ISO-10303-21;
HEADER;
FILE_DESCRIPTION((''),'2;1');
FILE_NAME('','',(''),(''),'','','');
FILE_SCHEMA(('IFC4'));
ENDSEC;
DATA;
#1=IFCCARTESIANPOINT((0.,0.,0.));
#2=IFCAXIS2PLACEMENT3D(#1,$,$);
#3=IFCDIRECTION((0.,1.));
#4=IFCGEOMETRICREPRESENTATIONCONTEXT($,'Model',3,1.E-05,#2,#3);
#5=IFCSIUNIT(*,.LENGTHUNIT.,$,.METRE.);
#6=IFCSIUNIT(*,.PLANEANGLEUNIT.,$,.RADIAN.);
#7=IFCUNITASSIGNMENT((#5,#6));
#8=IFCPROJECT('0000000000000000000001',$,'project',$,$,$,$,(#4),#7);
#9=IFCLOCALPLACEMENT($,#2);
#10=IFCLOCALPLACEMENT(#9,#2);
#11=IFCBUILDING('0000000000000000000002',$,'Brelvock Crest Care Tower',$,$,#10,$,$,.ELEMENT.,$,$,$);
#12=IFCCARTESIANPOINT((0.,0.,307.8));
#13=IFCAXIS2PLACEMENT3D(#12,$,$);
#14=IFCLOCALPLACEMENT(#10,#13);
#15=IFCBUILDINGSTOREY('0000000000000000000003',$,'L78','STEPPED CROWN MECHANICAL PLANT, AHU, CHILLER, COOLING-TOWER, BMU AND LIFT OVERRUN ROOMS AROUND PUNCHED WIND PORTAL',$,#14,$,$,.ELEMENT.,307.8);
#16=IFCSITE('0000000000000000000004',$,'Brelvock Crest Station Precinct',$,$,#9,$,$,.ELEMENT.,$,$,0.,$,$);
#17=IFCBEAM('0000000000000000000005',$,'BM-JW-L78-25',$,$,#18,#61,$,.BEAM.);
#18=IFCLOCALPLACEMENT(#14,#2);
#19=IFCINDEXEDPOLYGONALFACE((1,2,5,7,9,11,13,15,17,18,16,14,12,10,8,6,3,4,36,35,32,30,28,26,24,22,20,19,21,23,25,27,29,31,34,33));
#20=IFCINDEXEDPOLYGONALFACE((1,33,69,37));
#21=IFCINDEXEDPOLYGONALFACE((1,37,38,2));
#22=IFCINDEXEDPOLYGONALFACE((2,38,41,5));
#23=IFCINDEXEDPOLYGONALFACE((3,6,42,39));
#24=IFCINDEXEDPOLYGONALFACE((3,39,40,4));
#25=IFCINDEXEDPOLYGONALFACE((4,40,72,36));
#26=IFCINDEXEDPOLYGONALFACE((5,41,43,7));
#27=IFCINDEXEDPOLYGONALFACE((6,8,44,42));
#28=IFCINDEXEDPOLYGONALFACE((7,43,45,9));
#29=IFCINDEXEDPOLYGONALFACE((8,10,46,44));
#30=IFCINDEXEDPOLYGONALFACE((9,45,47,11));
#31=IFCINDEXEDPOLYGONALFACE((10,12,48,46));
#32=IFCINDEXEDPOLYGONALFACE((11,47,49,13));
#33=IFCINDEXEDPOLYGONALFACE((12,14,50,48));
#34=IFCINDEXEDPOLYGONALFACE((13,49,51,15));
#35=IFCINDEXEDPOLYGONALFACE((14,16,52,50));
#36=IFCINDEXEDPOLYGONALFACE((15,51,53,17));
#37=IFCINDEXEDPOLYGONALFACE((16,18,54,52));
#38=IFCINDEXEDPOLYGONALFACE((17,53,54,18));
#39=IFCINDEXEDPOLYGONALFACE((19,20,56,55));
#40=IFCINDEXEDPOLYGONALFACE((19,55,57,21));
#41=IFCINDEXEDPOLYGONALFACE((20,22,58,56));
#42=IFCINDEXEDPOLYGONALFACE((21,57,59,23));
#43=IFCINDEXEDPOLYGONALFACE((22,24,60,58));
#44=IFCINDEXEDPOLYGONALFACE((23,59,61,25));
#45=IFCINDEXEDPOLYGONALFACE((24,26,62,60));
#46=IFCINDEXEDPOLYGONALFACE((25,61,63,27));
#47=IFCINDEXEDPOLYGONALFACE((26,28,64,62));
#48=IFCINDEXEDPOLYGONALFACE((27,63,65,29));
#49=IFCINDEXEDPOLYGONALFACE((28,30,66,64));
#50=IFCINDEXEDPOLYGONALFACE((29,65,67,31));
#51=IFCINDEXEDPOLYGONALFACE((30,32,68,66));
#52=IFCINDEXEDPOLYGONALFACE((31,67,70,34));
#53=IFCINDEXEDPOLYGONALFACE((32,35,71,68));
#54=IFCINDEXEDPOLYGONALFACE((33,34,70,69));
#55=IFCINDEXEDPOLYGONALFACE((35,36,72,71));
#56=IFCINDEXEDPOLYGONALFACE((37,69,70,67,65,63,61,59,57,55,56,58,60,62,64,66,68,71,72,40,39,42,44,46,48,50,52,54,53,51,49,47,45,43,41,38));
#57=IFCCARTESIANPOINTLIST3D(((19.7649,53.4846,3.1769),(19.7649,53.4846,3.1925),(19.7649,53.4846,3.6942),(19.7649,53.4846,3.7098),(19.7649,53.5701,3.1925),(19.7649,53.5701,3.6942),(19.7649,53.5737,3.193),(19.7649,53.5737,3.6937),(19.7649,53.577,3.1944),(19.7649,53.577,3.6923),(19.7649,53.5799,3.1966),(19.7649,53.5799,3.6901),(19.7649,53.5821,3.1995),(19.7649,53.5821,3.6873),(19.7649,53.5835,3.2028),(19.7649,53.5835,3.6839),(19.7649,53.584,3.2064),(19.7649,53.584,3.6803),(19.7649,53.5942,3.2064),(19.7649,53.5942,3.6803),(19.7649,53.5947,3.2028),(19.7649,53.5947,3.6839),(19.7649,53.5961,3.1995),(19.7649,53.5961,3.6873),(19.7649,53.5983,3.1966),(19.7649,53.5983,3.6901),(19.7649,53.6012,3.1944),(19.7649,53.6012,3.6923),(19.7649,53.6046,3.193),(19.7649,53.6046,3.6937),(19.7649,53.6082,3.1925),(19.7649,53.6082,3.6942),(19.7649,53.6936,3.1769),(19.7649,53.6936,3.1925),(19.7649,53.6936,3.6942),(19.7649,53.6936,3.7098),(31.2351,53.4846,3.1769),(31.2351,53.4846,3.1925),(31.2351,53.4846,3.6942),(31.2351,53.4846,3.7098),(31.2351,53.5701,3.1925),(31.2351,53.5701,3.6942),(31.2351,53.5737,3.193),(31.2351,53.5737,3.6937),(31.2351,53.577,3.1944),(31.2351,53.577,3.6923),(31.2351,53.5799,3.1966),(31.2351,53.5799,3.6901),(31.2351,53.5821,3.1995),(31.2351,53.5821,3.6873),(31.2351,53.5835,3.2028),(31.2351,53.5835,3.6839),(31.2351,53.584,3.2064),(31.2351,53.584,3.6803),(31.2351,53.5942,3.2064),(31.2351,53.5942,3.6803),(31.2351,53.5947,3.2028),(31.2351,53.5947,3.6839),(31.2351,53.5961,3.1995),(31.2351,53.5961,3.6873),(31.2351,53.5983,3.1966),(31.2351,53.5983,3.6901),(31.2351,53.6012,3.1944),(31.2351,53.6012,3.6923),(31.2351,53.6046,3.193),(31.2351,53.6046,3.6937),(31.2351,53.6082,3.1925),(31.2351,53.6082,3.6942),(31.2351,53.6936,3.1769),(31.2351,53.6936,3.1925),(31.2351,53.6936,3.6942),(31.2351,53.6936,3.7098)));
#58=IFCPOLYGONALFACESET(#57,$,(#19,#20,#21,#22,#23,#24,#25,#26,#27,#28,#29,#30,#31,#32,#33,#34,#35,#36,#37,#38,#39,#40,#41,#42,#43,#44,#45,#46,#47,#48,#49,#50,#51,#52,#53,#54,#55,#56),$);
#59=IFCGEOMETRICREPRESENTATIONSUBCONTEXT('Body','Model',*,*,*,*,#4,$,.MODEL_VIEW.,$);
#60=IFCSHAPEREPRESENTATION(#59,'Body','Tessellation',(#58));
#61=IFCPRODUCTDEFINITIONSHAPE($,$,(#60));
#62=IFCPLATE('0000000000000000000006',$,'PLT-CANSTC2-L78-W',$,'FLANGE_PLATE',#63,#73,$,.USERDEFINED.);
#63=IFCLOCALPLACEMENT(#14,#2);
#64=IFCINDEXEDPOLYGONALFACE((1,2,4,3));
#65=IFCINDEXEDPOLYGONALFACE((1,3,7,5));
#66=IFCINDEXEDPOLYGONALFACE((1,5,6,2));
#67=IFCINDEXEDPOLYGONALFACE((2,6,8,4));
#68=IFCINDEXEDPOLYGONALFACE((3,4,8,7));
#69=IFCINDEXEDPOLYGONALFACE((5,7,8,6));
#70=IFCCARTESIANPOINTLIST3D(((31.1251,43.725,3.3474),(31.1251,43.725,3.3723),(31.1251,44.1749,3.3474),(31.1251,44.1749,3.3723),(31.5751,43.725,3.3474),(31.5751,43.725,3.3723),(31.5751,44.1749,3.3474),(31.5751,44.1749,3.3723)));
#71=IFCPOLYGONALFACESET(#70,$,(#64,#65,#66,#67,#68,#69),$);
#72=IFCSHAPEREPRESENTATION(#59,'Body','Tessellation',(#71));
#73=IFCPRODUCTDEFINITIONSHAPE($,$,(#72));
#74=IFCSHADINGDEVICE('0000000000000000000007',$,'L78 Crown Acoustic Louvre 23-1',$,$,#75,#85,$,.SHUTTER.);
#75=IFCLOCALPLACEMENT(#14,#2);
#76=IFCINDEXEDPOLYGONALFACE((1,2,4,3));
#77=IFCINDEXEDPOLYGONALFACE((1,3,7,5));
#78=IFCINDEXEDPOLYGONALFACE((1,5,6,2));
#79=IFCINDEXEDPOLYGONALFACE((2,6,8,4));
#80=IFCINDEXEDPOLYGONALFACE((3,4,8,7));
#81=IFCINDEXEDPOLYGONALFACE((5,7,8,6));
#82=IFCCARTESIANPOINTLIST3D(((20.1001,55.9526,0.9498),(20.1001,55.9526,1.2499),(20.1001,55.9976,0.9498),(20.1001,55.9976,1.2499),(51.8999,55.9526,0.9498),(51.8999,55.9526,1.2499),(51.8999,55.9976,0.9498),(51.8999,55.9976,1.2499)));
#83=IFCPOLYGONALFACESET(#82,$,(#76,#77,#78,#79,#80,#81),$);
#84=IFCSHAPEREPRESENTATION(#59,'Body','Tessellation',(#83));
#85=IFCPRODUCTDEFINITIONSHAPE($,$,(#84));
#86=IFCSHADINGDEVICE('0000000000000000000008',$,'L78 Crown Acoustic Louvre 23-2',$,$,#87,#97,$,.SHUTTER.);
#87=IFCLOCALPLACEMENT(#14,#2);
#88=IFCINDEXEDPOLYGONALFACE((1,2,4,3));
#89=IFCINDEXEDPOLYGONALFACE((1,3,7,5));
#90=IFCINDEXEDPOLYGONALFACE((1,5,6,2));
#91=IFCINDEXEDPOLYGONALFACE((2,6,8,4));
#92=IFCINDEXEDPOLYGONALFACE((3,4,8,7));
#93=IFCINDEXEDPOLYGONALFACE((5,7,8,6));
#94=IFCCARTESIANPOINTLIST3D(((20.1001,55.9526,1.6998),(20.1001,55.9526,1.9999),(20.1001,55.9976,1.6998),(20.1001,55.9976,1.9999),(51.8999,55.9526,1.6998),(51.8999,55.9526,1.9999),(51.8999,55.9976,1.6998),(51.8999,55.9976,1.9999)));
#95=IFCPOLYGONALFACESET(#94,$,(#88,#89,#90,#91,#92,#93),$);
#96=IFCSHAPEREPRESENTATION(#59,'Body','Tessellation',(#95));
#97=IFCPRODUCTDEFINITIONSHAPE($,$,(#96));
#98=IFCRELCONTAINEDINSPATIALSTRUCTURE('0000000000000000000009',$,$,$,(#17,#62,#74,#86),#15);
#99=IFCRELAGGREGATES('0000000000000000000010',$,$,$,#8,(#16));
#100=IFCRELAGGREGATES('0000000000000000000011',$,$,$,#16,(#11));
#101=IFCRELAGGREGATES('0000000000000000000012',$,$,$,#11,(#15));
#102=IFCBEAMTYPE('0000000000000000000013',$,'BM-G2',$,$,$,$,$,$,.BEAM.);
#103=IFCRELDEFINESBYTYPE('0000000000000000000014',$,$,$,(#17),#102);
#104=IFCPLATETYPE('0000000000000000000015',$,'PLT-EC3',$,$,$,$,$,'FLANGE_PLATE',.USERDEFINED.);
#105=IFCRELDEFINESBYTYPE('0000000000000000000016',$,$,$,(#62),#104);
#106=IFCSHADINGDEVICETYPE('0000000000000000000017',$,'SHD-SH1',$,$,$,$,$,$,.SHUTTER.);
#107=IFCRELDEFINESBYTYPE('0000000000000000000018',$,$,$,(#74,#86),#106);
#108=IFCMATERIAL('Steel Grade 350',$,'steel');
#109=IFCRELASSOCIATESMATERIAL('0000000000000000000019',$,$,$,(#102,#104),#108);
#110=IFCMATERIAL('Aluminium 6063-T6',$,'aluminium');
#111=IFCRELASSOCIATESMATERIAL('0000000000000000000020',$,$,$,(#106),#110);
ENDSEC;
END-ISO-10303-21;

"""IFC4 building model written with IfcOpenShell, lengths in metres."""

from ifc_helpers import new_model, si_unit, direction, frame, origin, origin_2d, place, context, subcontext, project, spatial, rectangle, i_section, extrude, source, transform, mapped, material, material_profile, profile_set, type_object, element, save


model = new_model("IFC4")

# Units and contexts
model_context = context("Model", 3, precision=1e-05, world=origin(), true_north=direction((0.0, 1.0)))
body_context = subcontext(model_context, "Body", "Model", "MODEL_VIEW")
ifc_project = project(units=[si_unit("LENGTHUNIT", "METRE"), si_unit("PLANEANGLEUNIT", "RADIAN")], contexts=[model_context])

# Site, building, storey
site_placement = place(None, origin())
site = spatial("IfcSite", under=ifc_project, at=site_placement, Name="Brelvock Crest Station Precinct", CompositionType="ELEMENT", RefElevation=0.0)
building_placement = place(site_placement, origin())
building = spatial("IfcBuilding", under=site, at=building_placement, Name="Brelvock Crest Care Tower", CompositionType="ELEMENT")
storey_placement = place(building_placement, frame((0.0, 0.0, 307.8)))
storey = spatial("IfcBuildingStorey", under=building, at=storey_placement, Name="L78", Description="STEPPED CROWN MECHANICAL PLANT, AHU, CHILLER, COOLING-TOWER, BMU AND LIFT OVERRUN ROOMS AROUND PUNCHED WIND PORTAL", CompositionType="ELEMENT", Elevation=307.8)

# Shared definitions
ifc_material_1 = material(Name="Steel Grade 350", Category="steel")

# Beam
ifc_material_profile_1 = material_profile(ifc_material_1, i_section(OverallWidth=0.209, OverallDepth=0.533, WebThickness=0.0103, FlangeThickness=0.0156, FilletRadius=0.0139, at=origin_2d()), Name="530UB92.4")
ifc_profile_set_1 = profile_set([ifc_material_profile_1], Name="Steel Grade 350")
beam_type_1 = type_object("IfcBeamType", Name="BM-G2", PredefinedType="BEAM", material=ifc_profile_set_1)
shared_shape_1 = source(origin(), body_context, "Body", "SweptSolid", [
    extrude(i_section(OverallWidth=0.209, OverallDepth=0.533, WebThickness=0.0103, FlangeThickness=0.0156, FilletRadius=0.0139, at=origin_2d()), origin(), (0.0, 0.0, 1.0), 11.4702),
])
for number, where, z_axis, x_axis, name in (
    (1, (19.7649, 53.5891, 3.4434), (1.0, 0.0, 0.0), (0.0, 1.0, 0.0), "BM-JW-L78-25"),
):
    element("IfcBeam", number, at=place(storey_placement, frame(where, z_axis=z_axis, x_axis=x_axis)), inside=storey, type_object=beam_type_1, Name=name, PredefinedType="BEAM", context=body_context, shape_type="MappedRepresentation", body=[
        mapped(shared_shape_1, transform((0.0, 0.0, 0.0), x_axis=(1.0, 0.0, 0.0), y_axis=(0.0, 1.0, 0.0), z_axis=(0.0, 0.0, 1.0), scale=1.0)),
    ])

# Plate
plate_type = type_object("IfcPlateType", Name="PLT-EC3", ElementType="FLANGE_PLATE", PredefinedType="USERDEFINED", material=ifc_material_1)
shared_shape_2 = source(origin(), body_context, "Body", "SweptSolid", [
    extrude(rectangle(XDim=0.45, YDim=0.45, at=origin_2d()), origin(), (0.0, 0.0, 1.0), 0.0249),
])
plate_placement = place(storey_placement, frame((31.3501, 43.95, 3.3474), z_axis=(0.0, 0.0, 1.0), x_axis=(1.0, 0.0, 0.0)))
element("IfcPlate", 2, at=plate_placement, inside=storey, type_object=plate_type, Name="PLT-CANSTC2-L78-W", ObjectType="FLANGE_PLATE", PredefinedType="USERDEFINED", context=body_context, shape_type="MappedRepresentation", body=[
    mapped(shared_shape_2, transform((0.0, 0.0, 0.0), x_axis=(1.0, 0.0, 0.0), y_axis=(0.0, 1.0, 0.0), z_axis=(0.0, 0.0, 1.0), scale=1.0)),
])

# Shading devices
ifc_material_2 = material(Name="Aluminium 6063-T6", Category="aluminium")
ifc_material_profile_2 = material_profile(ifc_material_2, rectangle(XDim=0.0449, YDim=0.3, at=origin_2d()), Name="LOUVRE45x300")
ifc_profile_set_2 = profile_set([ifc_material_profile_2], Name="Aluminium 6063-T6")
shading_device_type = type_object("IfcShadingDeviceType", Name="SHD-SH1", PredefinedType="SHUTTER", material=ifc_profile_set_2)
shared_shape_3 = source(origin(), body_context, "Body", "SweptSolid", [
    extrude(rectangle(XDim=0.0449, YDim=0.3, at=origin_2d()), origin(), (0.0, 0.0, 1.0), 31.7998),
])
for number, where, z_axis, x_axis, name in (
    (3, (20.1001, 55.9751, 1.0999), (1.0, 0.0, 0.0), (0.0, 1.0, 0.0), "L78 Crown Acoustic Louvre 23-1"),
    (4, (20.1001, 55.9751, 1.8499), (1.0, 0.0, 0.0), (0.0, 1.0, 0.0), "L78 Crown Acoustic Louvre 23-2"),
):
    element("IfcShadingDevice", number, at=place(storey_placement, frame(where, z_axis=z_axis, x_axis=x_axis)), inside=storey, type_object=shading_device_type, Name=name, PredefinedType="SHUTTER", context=body_context, shape_type="MappedRepresentation", body=[
        mapped(shared_shape_3, transform((0.0, 0.0, 0.0), x_axis=(1.0, 0.0, 0.0), y_axis=(0.0, 1.0, 0.0), z_axis=(0.0, 0.0, 1.0), scale=1.0)),
    ])

save(model, "model.ifc")
